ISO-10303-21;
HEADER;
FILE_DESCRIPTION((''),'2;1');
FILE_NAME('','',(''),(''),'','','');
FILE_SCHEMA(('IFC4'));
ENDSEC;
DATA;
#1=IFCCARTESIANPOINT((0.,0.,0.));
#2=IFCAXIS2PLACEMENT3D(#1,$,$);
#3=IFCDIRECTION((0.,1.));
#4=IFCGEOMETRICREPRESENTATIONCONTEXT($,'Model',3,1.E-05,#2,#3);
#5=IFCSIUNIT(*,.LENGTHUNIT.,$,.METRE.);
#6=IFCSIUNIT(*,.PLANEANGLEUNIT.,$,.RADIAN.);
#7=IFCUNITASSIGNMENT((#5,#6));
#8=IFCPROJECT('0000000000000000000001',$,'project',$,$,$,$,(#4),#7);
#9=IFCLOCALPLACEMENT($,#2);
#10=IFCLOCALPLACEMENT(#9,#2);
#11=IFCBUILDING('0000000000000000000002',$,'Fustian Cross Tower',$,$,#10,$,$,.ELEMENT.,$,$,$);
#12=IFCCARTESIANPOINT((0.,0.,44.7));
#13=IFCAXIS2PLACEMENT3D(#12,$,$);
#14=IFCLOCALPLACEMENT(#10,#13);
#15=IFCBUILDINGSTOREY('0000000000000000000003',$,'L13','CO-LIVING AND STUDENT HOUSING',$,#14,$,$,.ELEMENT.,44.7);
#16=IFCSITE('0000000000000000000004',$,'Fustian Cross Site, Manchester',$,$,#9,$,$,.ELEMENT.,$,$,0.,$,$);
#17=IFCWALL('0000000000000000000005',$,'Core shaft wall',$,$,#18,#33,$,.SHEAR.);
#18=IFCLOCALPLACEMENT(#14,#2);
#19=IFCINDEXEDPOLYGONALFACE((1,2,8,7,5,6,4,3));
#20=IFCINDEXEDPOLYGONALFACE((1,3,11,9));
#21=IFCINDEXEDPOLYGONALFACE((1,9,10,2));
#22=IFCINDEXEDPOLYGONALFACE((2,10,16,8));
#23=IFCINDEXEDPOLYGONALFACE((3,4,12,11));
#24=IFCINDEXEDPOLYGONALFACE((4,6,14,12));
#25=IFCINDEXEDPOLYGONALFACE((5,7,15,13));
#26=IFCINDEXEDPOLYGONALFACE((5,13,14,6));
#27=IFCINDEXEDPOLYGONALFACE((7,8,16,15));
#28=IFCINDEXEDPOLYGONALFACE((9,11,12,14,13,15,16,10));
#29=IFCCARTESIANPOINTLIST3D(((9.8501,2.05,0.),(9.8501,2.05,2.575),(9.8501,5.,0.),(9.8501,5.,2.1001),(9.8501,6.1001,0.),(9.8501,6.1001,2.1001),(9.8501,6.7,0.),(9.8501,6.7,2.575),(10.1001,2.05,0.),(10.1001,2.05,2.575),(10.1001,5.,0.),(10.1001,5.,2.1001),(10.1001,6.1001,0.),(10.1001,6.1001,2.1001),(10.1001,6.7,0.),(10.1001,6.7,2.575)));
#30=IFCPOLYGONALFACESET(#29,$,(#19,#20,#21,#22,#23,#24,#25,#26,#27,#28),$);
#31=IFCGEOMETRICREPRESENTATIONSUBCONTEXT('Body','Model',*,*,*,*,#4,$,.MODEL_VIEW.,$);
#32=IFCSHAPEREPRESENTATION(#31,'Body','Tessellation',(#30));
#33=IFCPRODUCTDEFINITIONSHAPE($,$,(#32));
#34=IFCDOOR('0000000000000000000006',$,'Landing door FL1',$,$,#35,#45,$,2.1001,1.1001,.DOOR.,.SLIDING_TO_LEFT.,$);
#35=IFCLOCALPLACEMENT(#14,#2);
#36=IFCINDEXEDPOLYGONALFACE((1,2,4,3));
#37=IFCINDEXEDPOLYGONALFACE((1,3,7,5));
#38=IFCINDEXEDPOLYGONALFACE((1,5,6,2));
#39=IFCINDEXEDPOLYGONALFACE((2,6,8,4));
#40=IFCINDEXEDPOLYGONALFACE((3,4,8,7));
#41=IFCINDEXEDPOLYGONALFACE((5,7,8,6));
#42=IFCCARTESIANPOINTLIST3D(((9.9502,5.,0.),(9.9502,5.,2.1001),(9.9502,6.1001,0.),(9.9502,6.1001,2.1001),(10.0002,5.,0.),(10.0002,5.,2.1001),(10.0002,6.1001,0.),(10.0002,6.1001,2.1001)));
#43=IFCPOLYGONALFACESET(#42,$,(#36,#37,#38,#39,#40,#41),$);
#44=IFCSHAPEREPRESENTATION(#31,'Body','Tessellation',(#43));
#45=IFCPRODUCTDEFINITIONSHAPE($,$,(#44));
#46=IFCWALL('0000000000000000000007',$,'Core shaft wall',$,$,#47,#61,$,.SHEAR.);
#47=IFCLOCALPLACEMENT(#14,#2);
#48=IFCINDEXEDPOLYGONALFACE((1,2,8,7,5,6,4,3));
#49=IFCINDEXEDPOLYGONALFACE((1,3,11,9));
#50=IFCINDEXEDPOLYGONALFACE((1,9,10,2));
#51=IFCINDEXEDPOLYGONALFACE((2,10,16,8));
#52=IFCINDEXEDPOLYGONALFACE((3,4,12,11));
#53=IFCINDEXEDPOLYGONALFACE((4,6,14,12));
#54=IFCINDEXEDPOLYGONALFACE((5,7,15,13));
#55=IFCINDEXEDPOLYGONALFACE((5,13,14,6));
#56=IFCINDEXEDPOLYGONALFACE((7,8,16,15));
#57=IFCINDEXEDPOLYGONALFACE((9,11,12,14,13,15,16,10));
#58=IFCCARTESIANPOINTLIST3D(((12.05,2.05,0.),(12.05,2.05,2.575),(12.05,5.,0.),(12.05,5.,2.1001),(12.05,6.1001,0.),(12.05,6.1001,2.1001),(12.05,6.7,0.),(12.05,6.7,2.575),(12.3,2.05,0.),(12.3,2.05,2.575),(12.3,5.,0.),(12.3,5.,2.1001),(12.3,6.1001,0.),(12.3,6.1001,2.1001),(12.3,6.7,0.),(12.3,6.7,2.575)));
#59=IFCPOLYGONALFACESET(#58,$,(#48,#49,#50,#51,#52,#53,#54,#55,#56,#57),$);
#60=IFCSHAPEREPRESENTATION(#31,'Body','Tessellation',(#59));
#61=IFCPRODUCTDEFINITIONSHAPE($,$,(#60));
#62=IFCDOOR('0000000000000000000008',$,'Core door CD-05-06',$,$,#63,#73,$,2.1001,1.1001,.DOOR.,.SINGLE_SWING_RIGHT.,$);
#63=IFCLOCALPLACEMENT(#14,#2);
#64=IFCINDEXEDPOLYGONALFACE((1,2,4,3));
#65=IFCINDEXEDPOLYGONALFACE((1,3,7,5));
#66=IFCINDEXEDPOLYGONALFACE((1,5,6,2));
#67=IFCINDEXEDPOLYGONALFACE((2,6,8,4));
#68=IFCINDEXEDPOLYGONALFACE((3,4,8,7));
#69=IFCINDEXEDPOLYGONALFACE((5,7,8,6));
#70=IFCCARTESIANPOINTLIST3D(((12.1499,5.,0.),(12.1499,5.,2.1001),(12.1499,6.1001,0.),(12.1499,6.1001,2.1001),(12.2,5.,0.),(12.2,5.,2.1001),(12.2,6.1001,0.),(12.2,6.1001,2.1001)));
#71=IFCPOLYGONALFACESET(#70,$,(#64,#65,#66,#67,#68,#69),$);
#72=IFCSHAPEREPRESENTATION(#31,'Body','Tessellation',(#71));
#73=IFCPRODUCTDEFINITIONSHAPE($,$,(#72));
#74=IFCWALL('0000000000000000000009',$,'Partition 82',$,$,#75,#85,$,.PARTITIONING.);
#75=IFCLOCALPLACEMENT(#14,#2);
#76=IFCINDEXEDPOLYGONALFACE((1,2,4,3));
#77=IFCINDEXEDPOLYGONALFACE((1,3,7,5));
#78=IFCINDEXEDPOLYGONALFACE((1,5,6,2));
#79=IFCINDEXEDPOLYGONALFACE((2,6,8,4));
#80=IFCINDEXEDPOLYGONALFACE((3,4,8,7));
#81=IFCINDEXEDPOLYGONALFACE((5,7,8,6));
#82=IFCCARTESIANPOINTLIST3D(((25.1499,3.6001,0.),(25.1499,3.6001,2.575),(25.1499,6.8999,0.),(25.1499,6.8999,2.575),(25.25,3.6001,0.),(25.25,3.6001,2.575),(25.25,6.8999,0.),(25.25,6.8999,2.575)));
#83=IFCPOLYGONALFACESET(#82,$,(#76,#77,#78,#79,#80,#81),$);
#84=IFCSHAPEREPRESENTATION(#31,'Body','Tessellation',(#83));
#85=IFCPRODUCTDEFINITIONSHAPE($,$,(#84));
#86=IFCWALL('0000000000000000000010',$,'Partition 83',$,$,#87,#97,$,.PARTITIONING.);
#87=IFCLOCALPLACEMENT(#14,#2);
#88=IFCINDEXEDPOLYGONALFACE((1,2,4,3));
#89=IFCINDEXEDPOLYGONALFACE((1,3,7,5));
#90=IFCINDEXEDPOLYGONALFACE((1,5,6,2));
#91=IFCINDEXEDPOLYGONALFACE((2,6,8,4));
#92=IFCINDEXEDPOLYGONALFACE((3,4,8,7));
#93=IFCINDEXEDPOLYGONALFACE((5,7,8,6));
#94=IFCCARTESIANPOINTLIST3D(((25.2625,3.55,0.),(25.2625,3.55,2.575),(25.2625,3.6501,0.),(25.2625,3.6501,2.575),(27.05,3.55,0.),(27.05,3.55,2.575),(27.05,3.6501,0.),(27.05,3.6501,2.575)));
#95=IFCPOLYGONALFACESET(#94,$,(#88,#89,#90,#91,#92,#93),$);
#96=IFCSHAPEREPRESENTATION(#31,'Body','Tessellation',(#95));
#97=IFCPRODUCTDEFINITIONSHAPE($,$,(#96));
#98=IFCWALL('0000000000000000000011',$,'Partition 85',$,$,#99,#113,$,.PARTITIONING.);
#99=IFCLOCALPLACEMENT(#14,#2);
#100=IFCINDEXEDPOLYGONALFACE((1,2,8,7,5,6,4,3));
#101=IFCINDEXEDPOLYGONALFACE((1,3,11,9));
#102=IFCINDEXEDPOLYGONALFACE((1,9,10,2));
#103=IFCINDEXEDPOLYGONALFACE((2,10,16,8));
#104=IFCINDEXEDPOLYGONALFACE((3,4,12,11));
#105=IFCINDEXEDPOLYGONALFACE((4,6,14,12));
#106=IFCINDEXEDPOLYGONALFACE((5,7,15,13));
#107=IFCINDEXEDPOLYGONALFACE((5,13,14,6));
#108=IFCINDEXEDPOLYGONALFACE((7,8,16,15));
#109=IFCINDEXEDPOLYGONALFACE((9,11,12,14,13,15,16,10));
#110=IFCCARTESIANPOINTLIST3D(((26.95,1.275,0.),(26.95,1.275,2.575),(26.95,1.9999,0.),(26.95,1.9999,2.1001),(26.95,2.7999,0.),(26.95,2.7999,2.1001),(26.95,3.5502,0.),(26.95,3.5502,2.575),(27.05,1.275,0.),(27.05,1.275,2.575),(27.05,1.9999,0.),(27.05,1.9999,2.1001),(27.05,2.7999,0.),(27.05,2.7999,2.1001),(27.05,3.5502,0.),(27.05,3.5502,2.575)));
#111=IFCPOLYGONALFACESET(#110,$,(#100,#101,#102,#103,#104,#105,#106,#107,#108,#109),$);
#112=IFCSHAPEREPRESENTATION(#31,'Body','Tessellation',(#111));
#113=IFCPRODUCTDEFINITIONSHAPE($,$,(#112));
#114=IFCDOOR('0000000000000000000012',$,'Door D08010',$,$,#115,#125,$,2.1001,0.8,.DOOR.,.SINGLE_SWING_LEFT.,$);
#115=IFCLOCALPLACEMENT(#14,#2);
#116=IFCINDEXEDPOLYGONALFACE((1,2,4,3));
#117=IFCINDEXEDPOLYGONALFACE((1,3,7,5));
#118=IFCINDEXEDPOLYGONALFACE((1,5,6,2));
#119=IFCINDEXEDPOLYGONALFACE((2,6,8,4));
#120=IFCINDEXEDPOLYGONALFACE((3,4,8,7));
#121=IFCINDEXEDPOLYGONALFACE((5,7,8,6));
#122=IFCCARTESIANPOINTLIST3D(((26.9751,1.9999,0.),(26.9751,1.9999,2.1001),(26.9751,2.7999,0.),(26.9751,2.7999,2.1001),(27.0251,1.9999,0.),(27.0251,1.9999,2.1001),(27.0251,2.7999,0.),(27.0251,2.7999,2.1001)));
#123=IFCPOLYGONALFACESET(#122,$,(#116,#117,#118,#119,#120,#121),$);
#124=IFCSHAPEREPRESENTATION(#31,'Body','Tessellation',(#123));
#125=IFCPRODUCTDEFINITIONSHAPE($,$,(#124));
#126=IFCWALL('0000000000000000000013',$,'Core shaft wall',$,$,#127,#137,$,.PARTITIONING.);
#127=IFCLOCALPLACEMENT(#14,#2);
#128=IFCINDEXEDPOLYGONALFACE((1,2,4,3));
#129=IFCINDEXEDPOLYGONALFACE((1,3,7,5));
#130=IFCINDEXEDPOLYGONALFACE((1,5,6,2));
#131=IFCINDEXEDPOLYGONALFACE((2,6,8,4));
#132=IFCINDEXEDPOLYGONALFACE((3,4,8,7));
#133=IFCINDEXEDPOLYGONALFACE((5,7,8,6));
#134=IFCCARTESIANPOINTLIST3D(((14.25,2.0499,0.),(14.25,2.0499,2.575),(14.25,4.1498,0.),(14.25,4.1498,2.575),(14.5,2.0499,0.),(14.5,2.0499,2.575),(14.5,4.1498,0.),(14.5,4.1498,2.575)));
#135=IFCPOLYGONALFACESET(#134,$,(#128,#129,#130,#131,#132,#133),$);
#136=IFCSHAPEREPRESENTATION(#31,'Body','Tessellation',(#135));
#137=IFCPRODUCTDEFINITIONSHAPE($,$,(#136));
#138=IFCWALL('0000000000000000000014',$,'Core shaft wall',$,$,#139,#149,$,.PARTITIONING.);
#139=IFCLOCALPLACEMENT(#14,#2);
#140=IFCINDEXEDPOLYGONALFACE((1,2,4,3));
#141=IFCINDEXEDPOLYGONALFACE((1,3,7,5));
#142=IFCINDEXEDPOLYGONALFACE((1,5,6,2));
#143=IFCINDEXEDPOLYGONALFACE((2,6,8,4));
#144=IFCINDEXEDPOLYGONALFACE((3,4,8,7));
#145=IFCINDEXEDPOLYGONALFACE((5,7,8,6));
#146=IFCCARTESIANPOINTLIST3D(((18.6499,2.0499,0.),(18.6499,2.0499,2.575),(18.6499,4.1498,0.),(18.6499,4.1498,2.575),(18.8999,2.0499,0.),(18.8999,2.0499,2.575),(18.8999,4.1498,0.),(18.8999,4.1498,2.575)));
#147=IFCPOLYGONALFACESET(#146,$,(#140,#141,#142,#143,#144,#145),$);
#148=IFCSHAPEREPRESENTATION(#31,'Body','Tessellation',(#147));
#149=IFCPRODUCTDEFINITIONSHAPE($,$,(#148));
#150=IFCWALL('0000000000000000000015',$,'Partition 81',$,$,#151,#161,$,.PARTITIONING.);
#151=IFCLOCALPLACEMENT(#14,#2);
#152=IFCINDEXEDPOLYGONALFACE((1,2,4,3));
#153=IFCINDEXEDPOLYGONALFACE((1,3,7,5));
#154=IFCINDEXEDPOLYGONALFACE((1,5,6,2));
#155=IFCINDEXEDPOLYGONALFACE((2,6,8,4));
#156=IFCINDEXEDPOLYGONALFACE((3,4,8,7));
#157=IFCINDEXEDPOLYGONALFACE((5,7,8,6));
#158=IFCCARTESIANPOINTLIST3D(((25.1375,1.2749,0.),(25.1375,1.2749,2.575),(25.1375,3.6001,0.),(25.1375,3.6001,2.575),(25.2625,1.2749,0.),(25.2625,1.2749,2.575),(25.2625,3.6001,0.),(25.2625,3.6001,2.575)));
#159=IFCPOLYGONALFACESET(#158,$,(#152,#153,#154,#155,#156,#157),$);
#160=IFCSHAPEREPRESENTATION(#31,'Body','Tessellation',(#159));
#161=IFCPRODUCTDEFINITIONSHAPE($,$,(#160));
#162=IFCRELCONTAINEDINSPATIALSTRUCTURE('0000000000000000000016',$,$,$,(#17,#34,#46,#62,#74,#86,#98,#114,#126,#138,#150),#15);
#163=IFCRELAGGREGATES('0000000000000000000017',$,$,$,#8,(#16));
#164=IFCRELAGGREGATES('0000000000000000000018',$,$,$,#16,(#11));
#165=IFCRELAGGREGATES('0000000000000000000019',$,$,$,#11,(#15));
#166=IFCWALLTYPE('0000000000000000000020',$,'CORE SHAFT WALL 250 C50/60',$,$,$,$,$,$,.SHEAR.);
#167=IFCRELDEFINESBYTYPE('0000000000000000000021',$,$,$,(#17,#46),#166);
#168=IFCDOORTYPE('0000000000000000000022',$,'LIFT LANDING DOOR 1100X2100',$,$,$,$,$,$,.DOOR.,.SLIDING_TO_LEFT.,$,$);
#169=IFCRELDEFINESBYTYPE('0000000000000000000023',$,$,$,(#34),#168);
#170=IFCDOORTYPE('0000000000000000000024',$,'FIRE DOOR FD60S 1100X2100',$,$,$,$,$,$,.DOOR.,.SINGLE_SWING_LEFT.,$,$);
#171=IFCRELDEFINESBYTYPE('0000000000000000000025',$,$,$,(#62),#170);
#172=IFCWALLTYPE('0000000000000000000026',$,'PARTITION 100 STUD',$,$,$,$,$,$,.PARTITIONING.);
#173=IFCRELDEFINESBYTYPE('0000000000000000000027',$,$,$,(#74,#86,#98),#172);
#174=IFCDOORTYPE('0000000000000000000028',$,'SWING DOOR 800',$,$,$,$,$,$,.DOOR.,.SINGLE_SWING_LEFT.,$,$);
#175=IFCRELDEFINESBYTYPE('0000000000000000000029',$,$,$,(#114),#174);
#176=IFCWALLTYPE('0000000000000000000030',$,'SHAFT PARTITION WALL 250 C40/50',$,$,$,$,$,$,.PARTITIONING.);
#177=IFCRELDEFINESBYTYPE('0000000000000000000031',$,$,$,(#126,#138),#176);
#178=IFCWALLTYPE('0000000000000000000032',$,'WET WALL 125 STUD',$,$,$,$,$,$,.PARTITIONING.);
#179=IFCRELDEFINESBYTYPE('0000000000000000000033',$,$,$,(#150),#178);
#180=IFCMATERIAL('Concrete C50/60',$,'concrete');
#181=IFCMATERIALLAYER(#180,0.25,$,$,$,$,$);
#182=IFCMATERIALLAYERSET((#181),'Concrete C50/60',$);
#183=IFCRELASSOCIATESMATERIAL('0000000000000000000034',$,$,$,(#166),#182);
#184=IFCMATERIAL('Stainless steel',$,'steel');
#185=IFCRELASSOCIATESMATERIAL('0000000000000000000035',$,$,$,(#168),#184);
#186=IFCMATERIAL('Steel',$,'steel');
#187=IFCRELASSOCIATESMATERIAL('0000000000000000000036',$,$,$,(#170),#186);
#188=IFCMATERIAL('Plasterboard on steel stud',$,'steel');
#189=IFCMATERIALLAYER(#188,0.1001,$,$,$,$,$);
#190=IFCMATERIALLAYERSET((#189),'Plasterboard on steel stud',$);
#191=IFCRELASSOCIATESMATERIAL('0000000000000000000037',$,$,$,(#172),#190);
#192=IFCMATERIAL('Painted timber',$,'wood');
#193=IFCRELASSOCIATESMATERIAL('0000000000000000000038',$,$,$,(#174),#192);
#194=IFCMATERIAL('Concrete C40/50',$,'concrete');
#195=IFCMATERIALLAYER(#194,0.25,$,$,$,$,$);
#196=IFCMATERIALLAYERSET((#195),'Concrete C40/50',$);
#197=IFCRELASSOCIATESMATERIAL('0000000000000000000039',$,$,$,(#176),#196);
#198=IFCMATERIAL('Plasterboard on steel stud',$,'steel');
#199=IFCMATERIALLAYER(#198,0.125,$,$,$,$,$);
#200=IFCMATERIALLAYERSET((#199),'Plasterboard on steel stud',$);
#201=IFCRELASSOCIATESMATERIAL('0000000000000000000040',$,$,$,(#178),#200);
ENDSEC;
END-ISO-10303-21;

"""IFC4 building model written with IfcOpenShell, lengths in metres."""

from ifc_helpers import new_model, si_unit, direction, frame, frame_2d, origin, place, context, subcontext, project, spatial, rectangle, extrude, material, layer, layer_set, type_object, element, fill, save


model = new_model("IFC4")

# Units and contexts
model_context = context("Model", 3, precision=1e-05, world=origin(), true_north=direction((0.0, 1.0)))
body_context = subcontext(model_context, "Body", "Model", "MODEL_VIEW")
ifc_project = project(units=[si_unit("LENGTHUNIT", "METRE"), si_unit("PLANEANGLEUNIT", "RADIAN")], contexts=[model_context])

# Site, building, storey
site_placement = place(None, origin())
site = spatial("IfcSite", under=ifc_project, at=site_placement, Name="Fustian Cross Site, Manchester", CompositionType="ELEMENT", RefElevation=0.0)
building_placement = place(site_placement, origin())
building = spatial("IfcBuilding", under=site, at=building_placement, Name="Fustian Cross Tower", CompositionType="ELEMENT")
storey_placement = place(building_placement, frame((0.0, 0.0, 44.7)))
storey = spatial("IfcBuildingStorey", under=building, at=storey_placement, Name="L13", Description="CO-LIVING AND STUDENT HOUSING", CompositionType="ELEMENT", Elevation=44.7)

# Shared definitions
ifc_material_1 = material(Name="Concrete C50/60", Category="concrete")
ifc_layer_1 = layer(ifc_material_1, 0.25)
ifc_layer_set_1 = layer_set([ifc_layer_1], Name="Concrete C50/60")
wall_type_1 = type_object("IfcWallType", Name="CORE SHAFT WALL 250 C50/60", PredefinedType="SHEAR", material=ifc_layer_set_1)

# Walls, openings, doors
wall_1_placement = place(storey_placement, frame((9.9751, 2.05, 0.0), z_axis=(0.0, 0.0, 1.0), x_axis=(0.0, 1.0, 0.0)))
wall_1 = element("IfcWall", 1, at=wall_1_placement, inside=storey, type_object=wall_type_1, Name="Core shaft wall", PredefinedType="SHEAR", context=body_context, shape_type="SweptSolid", body=[
    extrude(rectangle(XDim=4.6499, YDim=0.25, at=frame_2d((2.325, 0.0))), origin(), (0.0, 0.0, 1.0), 2.575),
])
opening_1_placement = place(wall_1_placement, frame((2.95, 0.0, 0.0)))
opening_1 = element("IfcOpeningElement", 2, at=opening_1_placement, cuts=wall_1, PredefinedType="OPENING", context=body_context, shape_type="SweptSolid", body=[
    extrude(rectangle(XDim=1.1001, YDim=2.1001, at=frame_2d((0.55, 1.05))), frame((0.0, 0.135, 0.0), z_axis=(0.0, -1.0, 0.0), x_axis=(1.0, 0.0, 0.0)), (0.0, 0.0, 1.0), 0.27),
])
ifc_material_2 = material(Name="Stainless steel", Category="steel")
door_type_1 = type_object("IfcDoorType", Name="LIFT LANDING DOOR 1100X2100", OperationType="SLIDING_TO_LEFT", PredefinedType="DOOR", material=ifc_material_2)
door_1_placement = place(opening_1_placement, origin())
door_1 = element("IfcDoor", 3, at=door_1_placement, inside=storey, type_object=door_type_1, Name="Landing door FL1", OperationType="SLIDING_TO_LEFT", OverallHeight=2.1001, OverallWidth=1.1001, PredefinedType="DOOR", context=body_context, shape_type="SweptSolid", body=[
    extrude(rectangle(XDim=1.1001, YDim=2.1001, at=frame_2d((0.55, 1.05))), frame((0.0, 0.0249, 0.0), z_axis=(0.0, -1.0, 0.0), x_axis=(1.0, 0.0, 0.0)), (0.0, 0.0, 1.0), 0.05),
])
fill(opening_1, door_1)
wall_2_placement = place(storey_placement, frame((12.175, 2.05, 0.0), z_axis=(0.0, 0.0, 1.0), x_axis=(0.0, 1.0, 0.0)))
wall_2 = element("IfcWall", 4, at=wall_2_placement, inside=storey, type_object=wall_type_1, Name="Core shaft wall", PredefinedType="SHEAR", context=body_context, shape_type="SweptSolid", body=[
    extrude(rectangle(XDim=4.6499, YDim=0.25, at=frame_2d((2.325, 0.0))), origin(), (0.0, 0.0, 1.0), 2.575),
])
opening_2_placement = place(wall_2_placement, frame((2.95, 0.0, 0.0)))
opening_2 = element("IfcOpeningElement", 5, at=opening_2_placement, cuts=wall_2, PredefinedType="OPENING", context=body_context, shape_type="SweptSolid", body=[
    extrude(rectangle(XDim=1.1001, YDim=2.1001, at=frame_2d((0.55, 1.05))), frame((0.0, 0.135, 0.0), z_axis=(0.0, -1.0, 0.0), x_axis=(1.0, 0.0, 0.0)), (0.0, 0.0, 1.0), 0.27),
])
ifc_material_3 = material(Name="Steel", Category="steel")
door_type_2 = type_object("IfcDoorType", Name="FIRE DOOR FD60S 1100X2100", OperationType="SINGLE_SWING_LEFT", PredefinedType="DOOR", material=ifc_material_3)
door_2_placement = place(opening_2_placement, frame((1.1001, 0.0, 0.0), z_axis=(0.0, 0.0, 1.0), x_axis=(-1.0, 0.0, 0.0)))
door_2 = element("IfcDoor", 6, at=door_2_placement, inside=storey, type_object=door_type_2, Name="Core door CD-05-06", OperationType="SINGLE_SWING_RIGHT", OverallHeight=2.1001, OverallWidth=1.1001, PredefinedType="DOOR", context=body_context, shape_type="SweptSolid", body=[
    extrude(rectangle(XDim=1.1001, YDim=2.1001, at=frame_2d((0.55, 1.05))), frame((0.0, 0.0249, 0.0), z_axis=(0.0, -1.0, 0.0), x_axis=(1.0, 0.0, 0.0)), (0.0, 0.0, 1.0), 0.05),
])
fill(opening_2, door_2)

# Walls
ifc_material_4 = material(Name="Plasterboard on steel stud", Category="steel")
ifc_layer_2 = layer(ifc_material_4, 0.1001)
ifc_layer_set_2 = layer_set([ifc_layer_2], Name="Plasterboard on steel stud")
wall_type_2 = type_object("IfcWallType", Name="PARTITION 100 STUD", PredefinedType="PARTITIONING", material=ifc_layer_set_2)
wall_3_placement = place(storey_placement, frame((25.2, 3.6001, 0.0), z_axis=(0.0, 0.0, 1.0), x_axis=(0.0, 1.0, 0.0)))
element("IfcWall", 7, at=wall_3_placement, inside=storey, type_object=wall_type_2, Name="Partition 82", PredefinedType="PARTITIONING", context=body_context, shape_type="SweptSolid", body=[
    extrude(rectangle(XDim=3.2998, YDim=0.1001, at=frame_2d((1.6499, 0.0))), origin(), (0.0, 0.0, 1.0), 2.575),
])
wall_4_placement = place(storey_placement, frame((25.2625, 3.6001, 0.0), z_axis=(0.0, 0.0, 1.0), x_axis=(1.0, 0.0, 0.0)))
element("IfcWall", 8, at=wall_4_placement, inside=storey, type_object=wall_type_2, Name="Partition 83", PredefinedType="PARTITIONING", context=body_context, shape_type="SweptSolid", body=[
    extrude(rectangle(XDim=1.7876, YDim=0.1001, at=frame_2d((0.8938, 0.0))), origin(), (0.0, 0.0, 1.0), 2.575),
])

# Wall, opening, door
wall_5_placement = place(storey_placement, frame((27.0, 1.2749, 0.0), z_axis=(0.0, 0.0, 1.0), x_axis=(0.0, 1.0, 0.0)))
wall_5 = element("IfcWall", 9, at=wall_5_placement, inside=storey, type_object=wall_type_2, Name="Partition 85", PredefinedType="PARTITIONING", context=body_context, shape_type="SweptSolid", body=[
    extrude(rectangle(XDim=2.2751, YDim=0.1001, at=frame_2d((1.1377, 0.0))), origin(), (0.0, 0.0, 1.0), 2.575),
])
opening_3_placement = place(wall_5_placement, frame((0.7251, 0.0, 0.0)))
opening_3 = element("IfcOpeningElement", 10, at=opening_3_placement, cuts=wall_5, PredefinedType="OPENING", context=body_context, shape_type="SweptSolid", body=[
    extrude(rectangle(XDim=0.8, YDim=2.1001, at=frame_2d((0.3999, 1.05))), frame((0.0, 0.0601, 0.0), z_axis=(0.0, -1.0, 0.0), x_axis=(1.0, 0.0, 0.0)), (0.0, 0.0, 1.0), 0.1201),
])
ifc_material_5 = material(Name="Painted timber", Category="wood")
door_type_3 = type_object("IfcDoorType", Name="SWING DOOR 800", OperationType="SINGLE_SWING_LEFT", PredefinedType="DOOR", material=ifc_material_5)
door_3_placement = place(opening_3_placement, origin())
door_3 = element("IfcDoor", 11, at=door_3_placement, inside=storey, type_object=door_type_3, Name="Door D08010", OperationType="SINGLE_SWING_LEFT", OverallHeight=2.1001, OverallWidth=0.8, PredefinedType="DOOR", context=body_context, shape_type="SweptSolid", body=[
    extrude(rectangle(XDim=0.8, YDim=2.1001, at=frame_2d((0.3999, 1.05))), frame((0.0, 0.0249, 0.0), z_axis=(0.0, -1.0, 0.0), x_axis=(1.0, 0.0, 0.0)), (0.0, 0.0, 1.0), 0.05),
])
fill(opening_3, door_3)

# Walls
ifc_material_6 = material(Name="Concrete C40/50", Category="concrete")
ifc_layer_3 = layer(ifc_material_6, 0.25)
ifc_layer_set_3 = layer_set([ifc_layer_3], Name="Concrete C40/50")
wall_type_3 = type_object("IfcWallType", Name="SHAFT PARTITION WALL 250 C40/50", PredefinedType="PARTITIONING", material=ifc_layer_set_3)
for number, where, z_axis, x_axis, name in (
    (12, (14.375, 2.05, 0.0), (0.0, 0.0, 1.0), (0.0, 1.0, 0.0), "Core shaft wall"),
    (13, (18.7749, 2.05, 0.0), (0.0, 0.0, 1.0), (0.0, 1.0, 0.0), "Core shaft wall"),
):
    element("IfcWall", number, at=place(storey_placement, frame(where, z_axis=z_axis, x_axis=x_axis)), inside=storey, type_object=wall_type_3, Name=name, PredefinedType="PARTITIONING", context=body_context, shape_type="SweptSolid", body=[
        extrude(rectangle(XDim=2.0999, YDim=0.25, at=frame_2d((1.0498, 0.0))), origin(), (0.0, 0.0, 1.0), 2.575),
    ])
ifc_material_7 = material(Name="Plasterboard on steel stud", Category="steel")
ifc_layer_4 = layer(ifc_material_7, 0.125)
ifc_layer_set_4 = layer_set([ifc_layer_4], Name="Plasterboard on steel stud")
wall_type_4 = type_object("IfcWallType", Name="WET WALL 125 STUD", PredefinedType="PARTITIONING", material=ifc_layer_set_4)
wall_6_placement = place(storey_placement, frame((25.2, 1.2749, 0.0), z_axis=(0.0, 0.0, 1.0), x_axis=(0.0, 1.0, 0.0)))
element("IfcWall", 14, at=wall_6_placement, inside=storey, type_object=wall_type_4, Name="Partition 81", PredefinedType="PARTITIONING", context=body_context, shape_type="SweptSolid", body=[
    extrude(rectangle(XDim=2.3252, YDim=0.125, at=frame_2d((1.1626, 0.0))), origin(), (0.0, 0.0, 1.0), 2.575),
])

save(model, "model.ifc")
